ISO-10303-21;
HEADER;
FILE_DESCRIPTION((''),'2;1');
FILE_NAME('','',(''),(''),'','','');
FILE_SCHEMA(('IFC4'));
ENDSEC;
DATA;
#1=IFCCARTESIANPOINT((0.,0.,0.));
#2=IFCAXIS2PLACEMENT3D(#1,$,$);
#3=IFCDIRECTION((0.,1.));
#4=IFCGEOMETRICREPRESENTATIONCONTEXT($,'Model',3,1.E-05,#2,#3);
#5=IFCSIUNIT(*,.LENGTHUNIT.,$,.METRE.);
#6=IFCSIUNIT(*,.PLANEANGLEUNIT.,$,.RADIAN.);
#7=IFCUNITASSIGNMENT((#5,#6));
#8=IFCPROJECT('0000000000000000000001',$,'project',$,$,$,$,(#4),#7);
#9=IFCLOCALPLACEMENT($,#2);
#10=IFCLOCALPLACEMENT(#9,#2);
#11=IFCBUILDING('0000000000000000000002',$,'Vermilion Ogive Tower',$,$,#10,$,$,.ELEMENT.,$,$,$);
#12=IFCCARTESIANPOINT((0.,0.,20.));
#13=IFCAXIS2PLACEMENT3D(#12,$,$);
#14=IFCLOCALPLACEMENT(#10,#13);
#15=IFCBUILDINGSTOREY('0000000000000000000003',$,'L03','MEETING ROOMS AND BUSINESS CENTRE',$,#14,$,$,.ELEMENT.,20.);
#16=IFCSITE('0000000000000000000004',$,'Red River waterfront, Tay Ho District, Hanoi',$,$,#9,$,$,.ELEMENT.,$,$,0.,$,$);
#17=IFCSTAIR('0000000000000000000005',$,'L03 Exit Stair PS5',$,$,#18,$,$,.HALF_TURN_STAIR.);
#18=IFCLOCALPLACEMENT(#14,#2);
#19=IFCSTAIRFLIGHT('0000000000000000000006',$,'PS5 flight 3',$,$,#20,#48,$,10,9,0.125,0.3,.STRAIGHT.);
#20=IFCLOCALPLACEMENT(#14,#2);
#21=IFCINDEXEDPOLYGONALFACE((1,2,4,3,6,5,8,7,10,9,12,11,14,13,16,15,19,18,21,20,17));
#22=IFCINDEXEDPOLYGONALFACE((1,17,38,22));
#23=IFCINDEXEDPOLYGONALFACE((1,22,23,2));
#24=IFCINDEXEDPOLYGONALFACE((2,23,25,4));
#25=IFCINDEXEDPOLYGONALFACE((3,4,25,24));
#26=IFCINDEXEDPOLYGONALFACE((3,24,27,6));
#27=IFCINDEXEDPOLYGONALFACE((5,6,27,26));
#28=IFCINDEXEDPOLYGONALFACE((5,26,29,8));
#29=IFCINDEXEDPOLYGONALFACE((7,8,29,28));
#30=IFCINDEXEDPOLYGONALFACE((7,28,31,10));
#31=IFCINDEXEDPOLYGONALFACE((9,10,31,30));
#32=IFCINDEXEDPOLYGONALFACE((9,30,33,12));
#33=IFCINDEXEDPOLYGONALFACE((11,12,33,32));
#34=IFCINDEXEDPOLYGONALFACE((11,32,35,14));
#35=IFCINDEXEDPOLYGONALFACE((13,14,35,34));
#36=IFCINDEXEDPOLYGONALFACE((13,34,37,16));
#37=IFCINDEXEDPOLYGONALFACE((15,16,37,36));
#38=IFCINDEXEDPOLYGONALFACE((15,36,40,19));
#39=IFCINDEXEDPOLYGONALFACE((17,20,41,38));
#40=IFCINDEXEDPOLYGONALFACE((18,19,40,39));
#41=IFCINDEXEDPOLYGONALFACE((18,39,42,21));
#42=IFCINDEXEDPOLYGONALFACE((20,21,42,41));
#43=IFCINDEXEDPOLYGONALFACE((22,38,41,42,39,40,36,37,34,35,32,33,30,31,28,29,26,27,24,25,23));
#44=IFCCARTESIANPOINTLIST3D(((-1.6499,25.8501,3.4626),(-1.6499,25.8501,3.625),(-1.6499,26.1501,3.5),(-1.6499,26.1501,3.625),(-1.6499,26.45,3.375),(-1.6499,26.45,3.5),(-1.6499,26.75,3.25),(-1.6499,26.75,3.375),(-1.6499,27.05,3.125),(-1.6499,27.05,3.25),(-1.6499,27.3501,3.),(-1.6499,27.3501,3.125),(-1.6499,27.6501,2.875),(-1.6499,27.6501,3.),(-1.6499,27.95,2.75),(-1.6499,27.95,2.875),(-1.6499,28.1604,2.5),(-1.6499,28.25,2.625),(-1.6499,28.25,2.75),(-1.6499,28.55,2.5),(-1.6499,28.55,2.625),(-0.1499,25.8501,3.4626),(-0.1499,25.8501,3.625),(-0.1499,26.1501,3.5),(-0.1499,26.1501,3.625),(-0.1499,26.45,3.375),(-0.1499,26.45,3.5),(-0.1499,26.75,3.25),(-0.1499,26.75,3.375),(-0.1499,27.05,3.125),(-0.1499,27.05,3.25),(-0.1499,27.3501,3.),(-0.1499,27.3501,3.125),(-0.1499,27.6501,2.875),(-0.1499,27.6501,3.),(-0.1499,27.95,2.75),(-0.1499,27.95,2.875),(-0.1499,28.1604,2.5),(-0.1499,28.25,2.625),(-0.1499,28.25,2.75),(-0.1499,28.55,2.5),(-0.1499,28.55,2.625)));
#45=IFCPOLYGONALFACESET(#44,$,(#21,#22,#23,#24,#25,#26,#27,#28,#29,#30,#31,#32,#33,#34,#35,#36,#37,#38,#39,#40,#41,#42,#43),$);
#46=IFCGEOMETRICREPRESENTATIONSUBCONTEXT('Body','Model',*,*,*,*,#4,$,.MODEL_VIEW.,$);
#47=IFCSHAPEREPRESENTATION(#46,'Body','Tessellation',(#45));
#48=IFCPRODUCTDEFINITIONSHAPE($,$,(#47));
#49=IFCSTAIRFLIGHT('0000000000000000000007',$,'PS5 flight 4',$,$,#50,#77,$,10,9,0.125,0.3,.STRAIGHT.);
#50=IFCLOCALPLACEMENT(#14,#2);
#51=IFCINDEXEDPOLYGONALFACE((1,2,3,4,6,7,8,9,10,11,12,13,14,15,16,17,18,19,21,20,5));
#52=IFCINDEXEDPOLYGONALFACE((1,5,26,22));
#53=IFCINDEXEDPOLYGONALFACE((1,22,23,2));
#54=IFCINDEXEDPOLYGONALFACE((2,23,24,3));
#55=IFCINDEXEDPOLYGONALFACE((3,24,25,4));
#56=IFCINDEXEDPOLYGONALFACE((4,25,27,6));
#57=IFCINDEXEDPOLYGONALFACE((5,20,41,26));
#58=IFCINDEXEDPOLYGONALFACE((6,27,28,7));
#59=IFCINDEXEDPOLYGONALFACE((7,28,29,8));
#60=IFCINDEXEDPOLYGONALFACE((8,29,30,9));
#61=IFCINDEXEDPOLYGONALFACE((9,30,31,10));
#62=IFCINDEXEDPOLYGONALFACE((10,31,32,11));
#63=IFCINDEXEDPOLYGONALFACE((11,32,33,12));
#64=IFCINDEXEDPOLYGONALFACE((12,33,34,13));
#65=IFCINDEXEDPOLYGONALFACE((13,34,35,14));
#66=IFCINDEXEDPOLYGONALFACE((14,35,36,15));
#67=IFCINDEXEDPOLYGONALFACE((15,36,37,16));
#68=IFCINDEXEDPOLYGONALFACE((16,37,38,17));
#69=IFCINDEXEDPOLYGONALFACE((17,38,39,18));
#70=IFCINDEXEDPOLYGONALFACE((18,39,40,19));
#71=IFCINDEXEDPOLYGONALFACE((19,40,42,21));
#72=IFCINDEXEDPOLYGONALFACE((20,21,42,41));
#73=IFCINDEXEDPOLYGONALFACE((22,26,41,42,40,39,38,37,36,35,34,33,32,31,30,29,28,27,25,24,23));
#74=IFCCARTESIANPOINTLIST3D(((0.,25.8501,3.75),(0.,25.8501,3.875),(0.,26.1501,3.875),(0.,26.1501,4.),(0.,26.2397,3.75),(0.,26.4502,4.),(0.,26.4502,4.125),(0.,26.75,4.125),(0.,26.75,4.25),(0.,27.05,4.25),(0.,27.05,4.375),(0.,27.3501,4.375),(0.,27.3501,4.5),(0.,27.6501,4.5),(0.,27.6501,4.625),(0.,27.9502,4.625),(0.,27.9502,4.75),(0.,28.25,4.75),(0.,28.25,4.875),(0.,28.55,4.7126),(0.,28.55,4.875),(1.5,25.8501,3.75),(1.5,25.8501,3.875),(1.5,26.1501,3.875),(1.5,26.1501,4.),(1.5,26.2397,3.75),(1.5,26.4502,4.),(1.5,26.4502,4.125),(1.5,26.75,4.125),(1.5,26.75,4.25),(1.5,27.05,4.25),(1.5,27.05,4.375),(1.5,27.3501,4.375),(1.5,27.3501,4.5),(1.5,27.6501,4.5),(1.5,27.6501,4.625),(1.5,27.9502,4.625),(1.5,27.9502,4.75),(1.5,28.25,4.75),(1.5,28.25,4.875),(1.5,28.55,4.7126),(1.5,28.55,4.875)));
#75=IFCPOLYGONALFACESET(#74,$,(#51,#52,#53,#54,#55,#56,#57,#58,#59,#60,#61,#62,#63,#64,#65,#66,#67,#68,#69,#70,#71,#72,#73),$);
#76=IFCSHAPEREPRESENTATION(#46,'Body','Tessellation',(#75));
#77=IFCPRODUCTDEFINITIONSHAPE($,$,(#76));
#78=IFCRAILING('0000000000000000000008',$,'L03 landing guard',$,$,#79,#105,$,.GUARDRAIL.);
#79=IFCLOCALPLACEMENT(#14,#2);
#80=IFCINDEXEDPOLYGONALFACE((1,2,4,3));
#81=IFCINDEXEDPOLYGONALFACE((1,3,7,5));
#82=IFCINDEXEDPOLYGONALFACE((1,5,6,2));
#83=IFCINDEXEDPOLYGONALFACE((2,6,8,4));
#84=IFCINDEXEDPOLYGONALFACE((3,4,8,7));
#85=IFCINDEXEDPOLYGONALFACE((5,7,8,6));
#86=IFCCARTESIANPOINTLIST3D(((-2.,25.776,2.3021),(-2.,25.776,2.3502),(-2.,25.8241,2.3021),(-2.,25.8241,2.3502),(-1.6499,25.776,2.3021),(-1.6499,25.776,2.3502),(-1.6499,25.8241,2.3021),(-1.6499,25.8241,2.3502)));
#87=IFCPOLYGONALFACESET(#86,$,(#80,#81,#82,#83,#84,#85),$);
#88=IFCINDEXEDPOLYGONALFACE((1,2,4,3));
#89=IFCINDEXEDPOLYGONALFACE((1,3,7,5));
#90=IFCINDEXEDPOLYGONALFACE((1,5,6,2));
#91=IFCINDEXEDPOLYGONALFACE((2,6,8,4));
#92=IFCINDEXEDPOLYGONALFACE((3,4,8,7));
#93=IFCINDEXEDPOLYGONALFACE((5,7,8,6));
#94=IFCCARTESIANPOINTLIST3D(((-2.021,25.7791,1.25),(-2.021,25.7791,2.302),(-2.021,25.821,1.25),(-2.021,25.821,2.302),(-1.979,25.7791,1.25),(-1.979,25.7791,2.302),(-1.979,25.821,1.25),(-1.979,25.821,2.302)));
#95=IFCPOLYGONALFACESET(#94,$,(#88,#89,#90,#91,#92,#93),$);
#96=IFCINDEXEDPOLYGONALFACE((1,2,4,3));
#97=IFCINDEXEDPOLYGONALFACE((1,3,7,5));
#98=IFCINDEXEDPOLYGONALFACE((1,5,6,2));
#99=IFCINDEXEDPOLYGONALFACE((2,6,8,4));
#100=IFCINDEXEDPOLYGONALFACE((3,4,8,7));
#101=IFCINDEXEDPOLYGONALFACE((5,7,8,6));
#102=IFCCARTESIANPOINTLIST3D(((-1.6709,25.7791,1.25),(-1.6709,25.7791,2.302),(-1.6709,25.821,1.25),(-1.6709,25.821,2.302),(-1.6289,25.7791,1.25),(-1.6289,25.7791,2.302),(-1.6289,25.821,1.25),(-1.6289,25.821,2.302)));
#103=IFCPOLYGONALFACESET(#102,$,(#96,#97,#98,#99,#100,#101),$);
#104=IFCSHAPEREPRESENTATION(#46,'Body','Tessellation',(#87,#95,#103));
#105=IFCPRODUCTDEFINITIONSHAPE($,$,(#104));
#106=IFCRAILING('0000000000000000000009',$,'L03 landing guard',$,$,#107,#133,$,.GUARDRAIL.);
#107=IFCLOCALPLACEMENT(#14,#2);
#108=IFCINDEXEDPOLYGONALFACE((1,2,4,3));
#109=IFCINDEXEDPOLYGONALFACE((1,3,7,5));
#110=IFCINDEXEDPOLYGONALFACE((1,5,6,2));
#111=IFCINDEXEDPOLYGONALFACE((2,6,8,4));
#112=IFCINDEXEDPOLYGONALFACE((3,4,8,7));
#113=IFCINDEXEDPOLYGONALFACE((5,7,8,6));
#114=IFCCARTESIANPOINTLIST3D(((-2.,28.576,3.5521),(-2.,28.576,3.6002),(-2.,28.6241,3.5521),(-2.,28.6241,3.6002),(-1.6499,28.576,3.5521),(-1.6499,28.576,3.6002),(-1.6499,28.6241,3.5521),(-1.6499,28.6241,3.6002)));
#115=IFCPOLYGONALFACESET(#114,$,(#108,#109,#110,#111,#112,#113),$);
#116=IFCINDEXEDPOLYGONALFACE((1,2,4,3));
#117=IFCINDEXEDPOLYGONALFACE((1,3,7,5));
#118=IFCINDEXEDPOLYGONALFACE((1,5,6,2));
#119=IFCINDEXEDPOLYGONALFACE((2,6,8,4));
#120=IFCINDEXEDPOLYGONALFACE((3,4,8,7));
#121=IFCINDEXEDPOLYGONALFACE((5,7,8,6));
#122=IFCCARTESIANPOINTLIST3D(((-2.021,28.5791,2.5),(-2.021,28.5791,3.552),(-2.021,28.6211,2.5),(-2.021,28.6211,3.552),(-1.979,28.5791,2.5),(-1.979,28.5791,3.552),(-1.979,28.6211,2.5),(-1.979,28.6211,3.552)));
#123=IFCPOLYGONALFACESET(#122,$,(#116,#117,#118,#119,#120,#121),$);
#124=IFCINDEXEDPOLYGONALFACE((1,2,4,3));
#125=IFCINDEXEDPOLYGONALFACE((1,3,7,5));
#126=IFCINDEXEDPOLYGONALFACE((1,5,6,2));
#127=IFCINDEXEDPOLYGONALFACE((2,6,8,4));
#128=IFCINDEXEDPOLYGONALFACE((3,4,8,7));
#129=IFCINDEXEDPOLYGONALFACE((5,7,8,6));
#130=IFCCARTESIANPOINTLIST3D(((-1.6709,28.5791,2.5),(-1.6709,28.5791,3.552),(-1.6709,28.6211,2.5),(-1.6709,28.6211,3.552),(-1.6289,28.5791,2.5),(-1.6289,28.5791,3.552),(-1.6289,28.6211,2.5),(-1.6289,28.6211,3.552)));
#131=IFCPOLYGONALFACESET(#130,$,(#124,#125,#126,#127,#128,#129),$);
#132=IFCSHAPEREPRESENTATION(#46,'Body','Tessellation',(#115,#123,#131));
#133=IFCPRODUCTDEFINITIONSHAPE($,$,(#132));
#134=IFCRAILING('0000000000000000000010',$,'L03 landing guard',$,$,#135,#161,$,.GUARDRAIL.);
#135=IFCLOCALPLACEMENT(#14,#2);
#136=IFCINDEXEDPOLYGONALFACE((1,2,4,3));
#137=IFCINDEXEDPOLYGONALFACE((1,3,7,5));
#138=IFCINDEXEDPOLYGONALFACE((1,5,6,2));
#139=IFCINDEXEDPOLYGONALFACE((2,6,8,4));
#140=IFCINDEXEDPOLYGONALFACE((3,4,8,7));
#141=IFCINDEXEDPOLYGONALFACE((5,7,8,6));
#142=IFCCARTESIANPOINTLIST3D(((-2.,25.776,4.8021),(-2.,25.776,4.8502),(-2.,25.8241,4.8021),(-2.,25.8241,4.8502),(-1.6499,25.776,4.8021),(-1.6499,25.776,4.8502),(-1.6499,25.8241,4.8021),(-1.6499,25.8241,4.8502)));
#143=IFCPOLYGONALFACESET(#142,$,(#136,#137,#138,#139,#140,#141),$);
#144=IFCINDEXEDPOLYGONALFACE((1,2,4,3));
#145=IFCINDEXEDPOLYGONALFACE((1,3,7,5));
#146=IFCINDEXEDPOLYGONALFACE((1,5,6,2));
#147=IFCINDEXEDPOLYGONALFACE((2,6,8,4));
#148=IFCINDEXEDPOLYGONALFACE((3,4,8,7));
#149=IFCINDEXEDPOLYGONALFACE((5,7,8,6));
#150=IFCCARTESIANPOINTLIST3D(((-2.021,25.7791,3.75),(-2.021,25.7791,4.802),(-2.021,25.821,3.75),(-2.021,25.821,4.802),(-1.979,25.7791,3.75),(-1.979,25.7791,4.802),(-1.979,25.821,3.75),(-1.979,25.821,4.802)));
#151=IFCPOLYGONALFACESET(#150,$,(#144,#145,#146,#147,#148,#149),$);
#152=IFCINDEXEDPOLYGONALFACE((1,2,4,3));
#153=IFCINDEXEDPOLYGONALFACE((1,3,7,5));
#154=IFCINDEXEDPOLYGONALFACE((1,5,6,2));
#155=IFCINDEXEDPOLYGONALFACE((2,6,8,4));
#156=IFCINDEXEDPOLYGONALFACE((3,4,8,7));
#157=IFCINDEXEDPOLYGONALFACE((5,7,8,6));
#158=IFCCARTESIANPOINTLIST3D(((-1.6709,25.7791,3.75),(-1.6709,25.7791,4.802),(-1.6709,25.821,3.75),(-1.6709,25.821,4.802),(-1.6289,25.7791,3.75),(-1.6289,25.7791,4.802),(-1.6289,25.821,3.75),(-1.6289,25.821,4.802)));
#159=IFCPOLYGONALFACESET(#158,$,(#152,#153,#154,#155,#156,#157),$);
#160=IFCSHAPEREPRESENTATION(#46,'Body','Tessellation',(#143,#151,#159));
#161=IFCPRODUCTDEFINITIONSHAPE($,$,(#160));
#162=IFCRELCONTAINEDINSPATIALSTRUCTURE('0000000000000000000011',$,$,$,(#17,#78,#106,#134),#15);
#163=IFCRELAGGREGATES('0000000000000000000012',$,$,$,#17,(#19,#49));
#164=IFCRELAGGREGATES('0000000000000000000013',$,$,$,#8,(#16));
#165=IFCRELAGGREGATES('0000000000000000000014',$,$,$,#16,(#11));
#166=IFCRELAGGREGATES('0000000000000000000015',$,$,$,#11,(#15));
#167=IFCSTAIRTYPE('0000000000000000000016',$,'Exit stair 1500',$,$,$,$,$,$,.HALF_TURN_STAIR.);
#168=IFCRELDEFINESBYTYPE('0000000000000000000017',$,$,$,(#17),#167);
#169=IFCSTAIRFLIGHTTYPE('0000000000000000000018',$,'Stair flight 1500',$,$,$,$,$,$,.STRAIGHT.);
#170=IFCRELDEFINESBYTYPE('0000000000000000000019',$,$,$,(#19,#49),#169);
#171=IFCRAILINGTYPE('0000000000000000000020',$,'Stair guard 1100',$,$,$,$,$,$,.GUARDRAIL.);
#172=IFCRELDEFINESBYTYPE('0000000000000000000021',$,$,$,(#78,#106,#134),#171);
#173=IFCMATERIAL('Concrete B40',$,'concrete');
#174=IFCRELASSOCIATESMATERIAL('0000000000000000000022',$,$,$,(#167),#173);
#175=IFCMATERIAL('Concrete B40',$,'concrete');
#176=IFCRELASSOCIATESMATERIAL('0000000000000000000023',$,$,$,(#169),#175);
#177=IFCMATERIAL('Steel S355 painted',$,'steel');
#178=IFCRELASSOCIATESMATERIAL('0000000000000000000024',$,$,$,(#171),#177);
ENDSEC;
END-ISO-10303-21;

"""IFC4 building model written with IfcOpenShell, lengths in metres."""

from ifc_helpers import new_model, si_unit, direction, frame, origin, origin_2d, place, context, subcontext, project, spatial, polyline, rectangle, outline, extrude, material, type_object, element, aggregate, save


model = new_model("IFC4")

# Units and contexts
model_context = context("Model", 3, precision=1e-05, world=origin(), true_north=direction((0.0, 1.0)))
body_context = subcontext(model_context, "Body", "Model", "MODEL_VIEW")
ifc_project = project(units=[si_unit("LENGTHUNIT", "METRE"), si_unit("PLANEANGLEUNIT", "RADIAN")], contexts=[model_context])

# Site, building, storey
site_placement = place(None, origin())
site = spatial("IfcSite", under=ifc_project, at=site_placement, Name="Red River waterfront, Tay Ho District, Hanoi", CompositionType="ELEMENT", RefElevation=0.0)
building_placement = place(site_placement, origin())
building = spatial("IfcBuilding", under=site, at=building_placement, Name="Vermilion Ogive Tower", CompositionType="ELEMENT")
storey_placement = place(building_placement, frame((0.0, 0.0, 20.0)))
storey = spatial("IfcBuildingStorey", under=building, at=storey_placement, Name="L03", Description="MEETING ROOMS AND BUSINESS CENTRE", CompositionType="ELEMENT", Elevation=20.0)

# Stair, stair flights
ifc_material_1 = material(Name="Concrete B40", Category="concrete")
stair_type = type_object("IfcStairType", Name="Exit stair 1500", PredefinedType="HALF_TURN_STAIR", material=ifc_material_1)
stair_placement = place(storey_placement, origin())
stair = element("IfcStair", 1, at=stair_placement, inside=storey, type_object=stair_type, Name="L03 Exit Stair PS5", PredefinedType="HALF_TURN_STAIR")
ifc_material_2 = material(Name="Concrete B40", Category="concrete")
stair_flight_type = type_object("IfcStairFlightType", Name="Stair flight 1500", PredefinedType="STRAIGHT", material=ifc_material_2)
stair_flight_1_placement = place(storey_placement, frame((-0.8999, 28.55, 2.5), z_axis=(0.0, 0.0, 1.0), x_axis=(0.0, -1.0, 0.0)))
stair_flight_1 = element("IfcStairFlight", 2, at=stair_flight_1_placement, type_object=stair_flight_type, Name="PS5 flight 3", NumberOfRisers=10, NumberOfTreads=9, PredefinedType="STRAIGHT", RiserHeight=0.125, TreadLength=0.3, context=body_context, shape_type="SweptSolid", body=[
    extrude(outline(polyline([(0.0, 0.0), (0.0, 0.125), (0.3, 0.125), (0.3, 0.25), (0.6001, 0.25), (0.6001, 0.375), (0.8999, 0.375), (0.8999, 0.5), (1.2, 0.5), (1.2, 0.625), (1.5, 0.625), (1.5, 0.75), (1.8, 0.75), (1.8, 0.875), (2.1001, 0.875), (2.1001, 1.0), (2.3999, 1.0), (2.3999, 1.125), (2.7, 1.125), (2.7, 1.25), (2.7, 0.9626), (0.3896, 0.0), (0.0, 0.0)])), frame((0.0, 0.75, 0.0), z_axis=(0.0, -1.0, 0.0), x_axis=(1.0, 0.0, 0.0)), (0.0, 0.0, 1.0), 1.5),
])
stair_flight_2_placement = place(storey_placement, frame((0.75, 25.8501, 3.75), z_axis=(0.0, 0.0, 1.0), x_axis=(0.0, 1.0, 0.0)))
stair_flight_2 = element("IfcStairFlight", 3, at=stair_flight_2_placement, type_object=stair_flight_type, Name="PS5 flight 4", NumberOfRisers=10, NumberOfTreads=9, PredefinedType="STRAIGHT", RiserHeight=0.125, TreadLength=0.3, context=body_context, shape_type="SweptSolid", body=[
    extrude(outline(polyline([(0.0, 0.0), (0.0, 0.125), (0.3, 0.125), (0.3, 0.25), (0.6001, 0.25), (0.6001, 0.375), (0.8999, 0.375), (0.8999, 0.5), (1.2, 0.5), (1.2, 0.625), (1.5, 0.625), (1.5, 0.75), (1.8, 0.75), (1.8, 0.875), (2.1001, 0.875), (2.1001, 1.0), (2.3999, 1.0), (2.3999, 1.125), (2.7, 1.125), (2.7, 1.25), (2.7, 0.9626), (0.3896, 0.0), (0.0, 0.0)])), frame((0.0, 0.75, 0.0), z_axis=(0.0, -1.0, 0.0), x_axis=(1.0, 0.0, 0.0)), (0.0, 0.0, 1.0), 1.5),
])
aggregate(stair, [stair_flight_1, stair_flight_2])

# Railings
ifc_material_3 = material(Name="Steel S355 painted", Category="steel")
railing_type_1 = type_object("IfcRailingType", Name="Stair guard 1100", PredefinedType="GUARDRAIL", material=ifc_material_3)
for number, where, name in (
    (4, (-2.0, 25.8, 1.25), "L03 landing guard"),
    (5, (-2.0, 28.6001, 2.5), "L03 landing guard"),
    (6, (-2.0, 25.8, 3.75), "L03 landing guard"),
):
    element("IfcRailing", number, at=place(storey_placement, frame(where)), inside=storey, type_object=railing_type_1, Name=name, PredefinedType="GUARDRAIL", context=body_context, shape_type="SweptSolid", body=[
        extrude(rectangle(XDim=0.0481, YDim=0.0481, at=origin_2d()), frame((0.0, 0.0, 1.0762), z_axis=(1.0, 0.0, 0.0), x_axis=(0.0, 1.0, 0.0)), (0.0, 0.0, 1.0), 0.3501),
        extrude(rectangle(XDim=0.042, YDim=0.042, at=origin_2d()), origin(), (0.0, 0.0, 1.0), 1.052),
        extrude(rectangle(XDim=0.042, YDim=0.042, at=origin_2d()), frame((0.3501, 0.0, 0.0)), (0.0, 0.0, 1.0), 1.052),
    ])

save(model, "model.ifc")
